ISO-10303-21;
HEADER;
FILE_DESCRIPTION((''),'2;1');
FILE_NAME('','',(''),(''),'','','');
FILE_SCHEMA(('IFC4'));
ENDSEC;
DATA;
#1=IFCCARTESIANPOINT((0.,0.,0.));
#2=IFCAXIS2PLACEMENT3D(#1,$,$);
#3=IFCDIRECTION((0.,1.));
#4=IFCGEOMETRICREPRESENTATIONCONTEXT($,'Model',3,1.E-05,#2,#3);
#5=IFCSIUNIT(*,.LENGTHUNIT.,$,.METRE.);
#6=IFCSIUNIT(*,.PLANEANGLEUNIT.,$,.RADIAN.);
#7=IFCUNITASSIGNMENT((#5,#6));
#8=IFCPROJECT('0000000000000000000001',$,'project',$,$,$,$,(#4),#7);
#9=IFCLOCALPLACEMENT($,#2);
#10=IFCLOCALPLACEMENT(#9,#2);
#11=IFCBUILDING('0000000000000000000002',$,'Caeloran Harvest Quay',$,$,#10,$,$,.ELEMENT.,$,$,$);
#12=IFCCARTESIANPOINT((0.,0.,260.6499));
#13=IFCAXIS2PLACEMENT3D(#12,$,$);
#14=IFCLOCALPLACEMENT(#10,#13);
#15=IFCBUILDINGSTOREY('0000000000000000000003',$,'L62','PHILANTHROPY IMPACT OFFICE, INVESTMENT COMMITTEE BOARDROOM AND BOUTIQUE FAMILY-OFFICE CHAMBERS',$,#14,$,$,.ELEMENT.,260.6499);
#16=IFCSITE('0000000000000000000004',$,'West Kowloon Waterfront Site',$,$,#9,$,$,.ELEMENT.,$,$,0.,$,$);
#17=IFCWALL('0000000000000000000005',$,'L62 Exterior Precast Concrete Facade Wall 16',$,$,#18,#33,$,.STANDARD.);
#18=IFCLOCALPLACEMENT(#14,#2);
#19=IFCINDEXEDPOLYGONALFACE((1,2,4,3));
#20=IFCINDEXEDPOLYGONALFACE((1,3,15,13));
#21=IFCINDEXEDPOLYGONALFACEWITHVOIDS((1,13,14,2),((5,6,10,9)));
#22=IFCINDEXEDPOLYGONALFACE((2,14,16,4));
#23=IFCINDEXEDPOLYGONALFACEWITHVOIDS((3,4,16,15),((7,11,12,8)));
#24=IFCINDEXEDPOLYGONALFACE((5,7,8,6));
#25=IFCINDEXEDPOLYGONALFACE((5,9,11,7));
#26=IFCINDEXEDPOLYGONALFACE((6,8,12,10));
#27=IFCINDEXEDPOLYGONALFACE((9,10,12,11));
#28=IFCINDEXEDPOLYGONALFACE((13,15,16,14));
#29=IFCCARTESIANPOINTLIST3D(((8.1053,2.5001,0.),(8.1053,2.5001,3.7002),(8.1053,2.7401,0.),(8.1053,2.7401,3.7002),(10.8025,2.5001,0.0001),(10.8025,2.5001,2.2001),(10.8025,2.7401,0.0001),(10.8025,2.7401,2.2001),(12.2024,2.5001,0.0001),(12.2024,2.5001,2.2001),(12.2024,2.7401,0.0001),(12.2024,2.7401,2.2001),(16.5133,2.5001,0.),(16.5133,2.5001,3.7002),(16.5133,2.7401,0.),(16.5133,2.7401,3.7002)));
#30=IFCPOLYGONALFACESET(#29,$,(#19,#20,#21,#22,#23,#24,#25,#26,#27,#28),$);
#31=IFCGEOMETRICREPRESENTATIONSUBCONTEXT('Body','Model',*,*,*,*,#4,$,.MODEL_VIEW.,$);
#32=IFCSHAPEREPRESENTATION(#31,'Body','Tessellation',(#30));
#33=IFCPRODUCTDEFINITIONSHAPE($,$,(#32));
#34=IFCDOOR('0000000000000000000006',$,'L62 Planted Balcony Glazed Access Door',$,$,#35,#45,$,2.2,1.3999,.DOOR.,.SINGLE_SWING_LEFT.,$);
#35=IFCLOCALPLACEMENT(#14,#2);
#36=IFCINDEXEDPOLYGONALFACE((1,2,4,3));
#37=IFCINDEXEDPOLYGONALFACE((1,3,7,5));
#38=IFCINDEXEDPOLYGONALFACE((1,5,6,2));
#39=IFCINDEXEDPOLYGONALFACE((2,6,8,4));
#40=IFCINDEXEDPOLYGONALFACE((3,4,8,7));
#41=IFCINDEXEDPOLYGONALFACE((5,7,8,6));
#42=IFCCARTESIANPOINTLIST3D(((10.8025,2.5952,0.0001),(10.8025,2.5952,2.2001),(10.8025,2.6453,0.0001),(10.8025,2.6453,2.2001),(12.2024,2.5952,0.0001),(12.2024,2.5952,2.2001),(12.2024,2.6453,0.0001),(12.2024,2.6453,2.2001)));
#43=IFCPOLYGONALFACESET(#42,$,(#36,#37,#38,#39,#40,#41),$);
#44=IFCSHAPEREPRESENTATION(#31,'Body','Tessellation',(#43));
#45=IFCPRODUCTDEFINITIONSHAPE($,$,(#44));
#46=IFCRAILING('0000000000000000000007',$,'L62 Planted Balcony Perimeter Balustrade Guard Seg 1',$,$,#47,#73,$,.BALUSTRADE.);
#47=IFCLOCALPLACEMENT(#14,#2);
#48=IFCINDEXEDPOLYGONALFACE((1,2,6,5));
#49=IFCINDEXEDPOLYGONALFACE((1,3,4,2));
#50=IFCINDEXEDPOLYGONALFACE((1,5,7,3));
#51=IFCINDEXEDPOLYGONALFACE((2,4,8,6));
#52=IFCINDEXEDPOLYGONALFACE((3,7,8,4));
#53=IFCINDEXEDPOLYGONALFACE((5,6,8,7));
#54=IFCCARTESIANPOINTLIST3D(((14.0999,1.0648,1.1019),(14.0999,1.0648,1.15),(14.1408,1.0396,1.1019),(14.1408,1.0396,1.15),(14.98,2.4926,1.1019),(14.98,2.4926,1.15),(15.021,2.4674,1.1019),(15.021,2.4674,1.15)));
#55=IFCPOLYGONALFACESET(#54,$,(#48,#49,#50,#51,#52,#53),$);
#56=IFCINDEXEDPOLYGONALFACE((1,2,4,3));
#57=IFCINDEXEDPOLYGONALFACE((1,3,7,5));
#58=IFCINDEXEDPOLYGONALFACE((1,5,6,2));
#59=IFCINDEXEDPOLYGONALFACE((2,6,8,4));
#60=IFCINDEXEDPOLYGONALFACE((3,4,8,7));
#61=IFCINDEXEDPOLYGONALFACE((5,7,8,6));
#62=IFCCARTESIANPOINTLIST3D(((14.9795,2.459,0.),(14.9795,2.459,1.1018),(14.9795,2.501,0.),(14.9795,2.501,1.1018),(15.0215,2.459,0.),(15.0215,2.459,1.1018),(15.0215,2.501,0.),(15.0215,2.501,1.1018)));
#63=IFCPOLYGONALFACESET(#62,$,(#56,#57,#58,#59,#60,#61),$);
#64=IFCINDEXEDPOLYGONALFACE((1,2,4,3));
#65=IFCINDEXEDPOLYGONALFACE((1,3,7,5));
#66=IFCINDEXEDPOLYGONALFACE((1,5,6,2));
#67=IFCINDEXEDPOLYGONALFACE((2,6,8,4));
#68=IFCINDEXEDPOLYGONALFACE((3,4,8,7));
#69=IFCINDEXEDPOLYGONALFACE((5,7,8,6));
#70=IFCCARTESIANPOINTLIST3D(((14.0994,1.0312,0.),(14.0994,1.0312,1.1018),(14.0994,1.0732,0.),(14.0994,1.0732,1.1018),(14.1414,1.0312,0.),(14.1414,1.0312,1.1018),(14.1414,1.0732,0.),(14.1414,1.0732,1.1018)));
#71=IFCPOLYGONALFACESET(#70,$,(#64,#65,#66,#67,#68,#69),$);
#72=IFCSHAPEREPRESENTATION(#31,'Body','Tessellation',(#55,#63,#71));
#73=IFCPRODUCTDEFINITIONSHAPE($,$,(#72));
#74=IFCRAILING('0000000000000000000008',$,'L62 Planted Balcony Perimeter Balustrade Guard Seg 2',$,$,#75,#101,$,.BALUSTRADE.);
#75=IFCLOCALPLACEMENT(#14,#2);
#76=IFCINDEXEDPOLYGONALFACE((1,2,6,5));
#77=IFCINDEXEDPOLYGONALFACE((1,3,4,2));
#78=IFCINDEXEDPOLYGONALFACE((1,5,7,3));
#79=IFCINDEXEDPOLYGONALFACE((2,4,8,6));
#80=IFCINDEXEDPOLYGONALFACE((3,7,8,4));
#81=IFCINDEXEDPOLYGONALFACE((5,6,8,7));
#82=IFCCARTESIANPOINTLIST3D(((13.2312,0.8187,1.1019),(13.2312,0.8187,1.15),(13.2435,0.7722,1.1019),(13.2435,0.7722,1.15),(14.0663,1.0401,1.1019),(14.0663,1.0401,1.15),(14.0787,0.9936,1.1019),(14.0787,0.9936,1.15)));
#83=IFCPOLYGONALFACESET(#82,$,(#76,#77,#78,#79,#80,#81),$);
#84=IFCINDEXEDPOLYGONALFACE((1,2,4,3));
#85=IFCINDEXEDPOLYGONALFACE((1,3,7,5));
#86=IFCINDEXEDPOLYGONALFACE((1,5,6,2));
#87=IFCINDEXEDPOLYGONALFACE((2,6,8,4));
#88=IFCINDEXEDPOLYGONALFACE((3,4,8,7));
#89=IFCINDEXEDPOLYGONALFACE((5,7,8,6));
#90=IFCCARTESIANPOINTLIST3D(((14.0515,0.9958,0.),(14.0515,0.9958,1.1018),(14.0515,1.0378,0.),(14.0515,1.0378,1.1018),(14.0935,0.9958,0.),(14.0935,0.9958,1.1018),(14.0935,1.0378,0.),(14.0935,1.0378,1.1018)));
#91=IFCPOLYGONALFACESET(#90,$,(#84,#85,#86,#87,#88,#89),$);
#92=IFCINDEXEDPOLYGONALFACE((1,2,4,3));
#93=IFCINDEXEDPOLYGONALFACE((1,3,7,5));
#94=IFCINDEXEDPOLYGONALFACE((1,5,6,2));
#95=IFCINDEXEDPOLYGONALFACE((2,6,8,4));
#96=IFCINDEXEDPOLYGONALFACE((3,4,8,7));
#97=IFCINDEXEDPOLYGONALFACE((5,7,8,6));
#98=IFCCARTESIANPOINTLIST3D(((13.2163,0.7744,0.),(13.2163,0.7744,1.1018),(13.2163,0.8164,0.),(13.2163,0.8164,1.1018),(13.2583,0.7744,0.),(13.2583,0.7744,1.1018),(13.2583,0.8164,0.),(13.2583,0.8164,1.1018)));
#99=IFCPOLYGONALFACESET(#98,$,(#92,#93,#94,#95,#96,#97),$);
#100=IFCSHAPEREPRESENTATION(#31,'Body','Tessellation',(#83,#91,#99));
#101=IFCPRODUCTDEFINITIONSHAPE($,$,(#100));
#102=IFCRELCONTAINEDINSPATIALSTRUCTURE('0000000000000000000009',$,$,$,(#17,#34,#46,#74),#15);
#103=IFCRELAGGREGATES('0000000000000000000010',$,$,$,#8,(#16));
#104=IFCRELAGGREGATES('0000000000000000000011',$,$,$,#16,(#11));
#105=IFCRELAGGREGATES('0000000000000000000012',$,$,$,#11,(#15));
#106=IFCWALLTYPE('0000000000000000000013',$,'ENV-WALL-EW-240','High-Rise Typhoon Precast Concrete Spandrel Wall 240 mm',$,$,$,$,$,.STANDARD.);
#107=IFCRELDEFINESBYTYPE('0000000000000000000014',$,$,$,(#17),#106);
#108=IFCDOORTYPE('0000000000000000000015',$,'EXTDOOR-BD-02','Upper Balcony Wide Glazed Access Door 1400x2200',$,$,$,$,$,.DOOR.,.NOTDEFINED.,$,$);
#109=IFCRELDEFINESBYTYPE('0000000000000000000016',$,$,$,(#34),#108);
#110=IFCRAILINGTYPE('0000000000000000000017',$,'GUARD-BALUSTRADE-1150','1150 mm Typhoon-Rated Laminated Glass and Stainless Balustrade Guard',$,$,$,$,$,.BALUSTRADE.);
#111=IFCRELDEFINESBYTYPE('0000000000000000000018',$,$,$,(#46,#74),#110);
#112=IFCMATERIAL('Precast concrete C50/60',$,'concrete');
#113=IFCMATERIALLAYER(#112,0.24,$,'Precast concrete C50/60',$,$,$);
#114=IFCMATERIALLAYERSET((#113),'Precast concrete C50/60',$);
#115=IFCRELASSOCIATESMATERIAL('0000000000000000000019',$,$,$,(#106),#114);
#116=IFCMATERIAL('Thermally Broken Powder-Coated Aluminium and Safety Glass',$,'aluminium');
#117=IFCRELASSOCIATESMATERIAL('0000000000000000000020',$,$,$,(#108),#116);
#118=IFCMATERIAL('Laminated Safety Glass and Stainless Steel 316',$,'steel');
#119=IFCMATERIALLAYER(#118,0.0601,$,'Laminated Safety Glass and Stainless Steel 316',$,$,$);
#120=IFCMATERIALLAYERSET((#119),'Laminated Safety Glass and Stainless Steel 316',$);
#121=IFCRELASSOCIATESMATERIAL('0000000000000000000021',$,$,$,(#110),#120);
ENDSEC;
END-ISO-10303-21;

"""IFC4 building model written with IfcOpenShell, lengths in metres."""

from ifc_helpers import new_model, si_unit, direction, frame, frame_2d, origin, origin_2d, place, context, subcontext, project, spatial, rectangle, extrude, material, layer, layer_set, type_object, element, fill, save


model = new_model("IFC4")

# Units and contexts
model_context = context("Model", 3, precision=1e-05, world=origin(), true_north=direction((0.0, 1.0)))
body_context = subcontext(model_context, "Body", "Model", "MODEL_VIEW")
ifc_project = project(units=[si_unit("LENGTHUNIT", "METRE"), si_unit("PLANEANGLEUNIT", "RADIAN")], contexts=[model_context])

# Site, building, storey
site_placement = place(None, origin())
site = spatial("IfcSite", under=ifc_project, at=site_placement, Name="West Kowloon Waterfront Site", CompositionType="ELEMENT", RefElevation=0.0)
building_placement = place(site_placement, origin())
building = spatial("IfcBuilding", under=site, at=building_placement, Name="Caeloran Harvest Quay", CompositionType="ELEMENT")
storey_placement = place(building_placement, frame((0.0, 0.0, 260.6499)))
storey = spatial("IfcBuildingStorey", under=building, at=storey_placement, Name="L62", Description="PHILANTHROPY IMPACT OFFICE, INVESTMENT COMMITTEE BOARDROOM AND BOUTIQUE FAMILY-OFFICE CHAMBERS", CompositionType="ELEMENT", Elevation=260.6499)

# Shared definitions
ifc_material_1 = material(Name="Precast concrete C50/60", Category="concrete")
ifc_layer_1 = layer(ifc_material_1, 0.24, Name="Precast concrete C50/60")
ifc_layer_set_1 = layer_set([ifc_layer_1], Name="Precast concrete C50/60")
wall_type = type_object("IfcWallType", Name="ENV-WALL-EW-240", Description="High-Rise Typhoon Precast Concrete Spandrel Wall 240 mm", PredefinedType="STANDARD", material=ifc_layer_set_1)

# Wall, opening, door
wall_1_placement = place(storey_placement, frame((16.5134, 2.6201, 0.0), z_axis=(0.0, 0.0, 1.0), x_axis=(-1.0, 0.0, 0.0)))
wall_1 = element("IfcWall", 1, at=wall_1_placement, inside=storey, type_object=wall_type, Name="L62 Exterior Precast Concrete Facade Wall 16", PredefinedType="STANDARD", context=body_context, shape_type="SweptSolid", body=[
    extrude(rectangle(XDim=8.408, YDim=0.24, at=frame_2d((4.2041, 0.0))), origin(), (0.0, 0.0, 1.0), 3.7002),
])
opening_1_placement = place(wall_1_placement, frame((4.311, 0.0, 0.0)))
opening_1 = element("IfcOpeningElement", 2, at=opening_1_placement, cuts=wall_1, PredefinedType="OPENING", context=body_context, shape_type="SweptSolid", body=[
    extrude(rectangle(XDim=1.3999, YDim=2.2, at=frame_2d((0.7, 1.1001))), frame((0.0, 0.1299, 0.0), z_axis=(0.0, -1.0, 0.0), x_axis=(1.0, 0.0, 0.0)), (0.0, 0.0, 1.0), 0.26),
])
ifc_material_2 = material(Name="Thermally Broken Powder-Coated Aluminium and Safety Glass", Category="aluminium")
door_type = type_object("IfcDoorType", Name="EXTDOOR-BD-02", Description="Upper Balcony Wide Glazed Access Door 1400x2200", OperationType="NOTDEFINED", PredefinedType="DOOR", material=ifc_material_2)
door_placement = place(opening_1_placement, origin())
door = element("IfcDoor", 3, at=door_placement, inside=storey, type_object=door_type, Name="L62 Planted Balcony Glazed Access Door", OperationType="SINGLE_SWING_LEFT", OverallHeight=2.2, OverallWidth=1.3999, PredefinedType="DOOR", context=body_context, shape_type="SweptSolid", body=[
    extrude(rectangle(XDim=1.3999, YDim=2.2, at=frame_2d((0.7, 1.1001))), frame((0.0, 0.0249, 0.0), z_axis=(0.0, -1.0, 0.0), x_axis=(1.0, 0.0, 0.0)), (0.0, 0.0, 1.0), 0.05),
])
fill(opening_1, door)

# Railings
ifc_material_3 = material(Name="Laminated Safety Glass and Stainless Steel 316", Category="steel")
ifc_layer_2 = layer(ifc_material_3, 0.0601, Name="Laminated Safety Glass and Stainless Steel 316")
ifc_layer_set_2 = layer_set([ifc_layer_2], Name="Laminated Safety Glass and Stainless Steel 316")
railing_type = type_object("IfcRailingType", Name="GUARD-BALUSTRADE-1150", Description="1150 mm Typhoon-Rated Laminated Glass and Stainless Balustrade Guard", PredefinedType="BALUSTRADE", material=ifc_layer_set_2)
railing_1_placement = place(storey_placement, frame((15.0005, 2.48, 0.0)))
element("IfcRailing", 4, at=railing_1_placement, inside=storey, type_object=railing_type, Name="L62 Planted Balcony Perimeter Balustrade Guard Seg 1", PredefinedType="BALUSTRADE", context=body_context, shape_type="SweptSolid", body=[
    extrude(rectangle(XDim=0.0481, YDim=0.0481, at=origin_2d()), frame((0.0, 0.0, 1.126), z_axis=(-0.524755, -0.851253, 0.0), x_axis=(0.851253, -0.524755, 0.0)), (0.0, 0.0, 1.0), 1.6772),
    extrude(rectangle(XDim=0.042, YDim=0.042, at=origin_2d()), origin(), (0.0, 0.0, 1.0), 1.1018),
    extrude(rectangle(XDim=0.042, YDim=0.042, at=origin_2d()), frame((-0.8801, -1.4277, 0.0)), (0.0, 0.0, 1.0), 1.1018),
])
railing_2_placement = place(storey_placement, frame((14.0725, 1.0168, 0.0)))
element("IfcRailing", 5, at=railing_2_placement, inside=storey, type_object=railing_type, Name="L62 Planted Balcony Perimeter Balustrade Guard Seg 2", PredefinedType="BALUSTRADE", context=body_context, shape_type="SweptSolid", body=[
    extrude(rectangle(XDim=0.0481, YDim=0.0481, at=origin_2d()), frame((0.0, 0.0, 1.126), z_axis=(-0.966604, -0.256273, 0.0), x_axis=(0.256273, -0.966604, 0.0)), (0.0, 0.0, 1.0), 0.864),
    extrude(rectangle(XDim=0.042, YDim=0.042, at=origin_2d()), origin(), (0.0, 0.0, 1.0), 1.1018),
    extrude(rectangle(XDim=0.042, YDim=0.042, at=origin_2d()), frame((-0.8352, -0.2214, 0.0)), (0.0, 0.0, 1.0), 1.1018),
])

save(model, "model.ifc")
